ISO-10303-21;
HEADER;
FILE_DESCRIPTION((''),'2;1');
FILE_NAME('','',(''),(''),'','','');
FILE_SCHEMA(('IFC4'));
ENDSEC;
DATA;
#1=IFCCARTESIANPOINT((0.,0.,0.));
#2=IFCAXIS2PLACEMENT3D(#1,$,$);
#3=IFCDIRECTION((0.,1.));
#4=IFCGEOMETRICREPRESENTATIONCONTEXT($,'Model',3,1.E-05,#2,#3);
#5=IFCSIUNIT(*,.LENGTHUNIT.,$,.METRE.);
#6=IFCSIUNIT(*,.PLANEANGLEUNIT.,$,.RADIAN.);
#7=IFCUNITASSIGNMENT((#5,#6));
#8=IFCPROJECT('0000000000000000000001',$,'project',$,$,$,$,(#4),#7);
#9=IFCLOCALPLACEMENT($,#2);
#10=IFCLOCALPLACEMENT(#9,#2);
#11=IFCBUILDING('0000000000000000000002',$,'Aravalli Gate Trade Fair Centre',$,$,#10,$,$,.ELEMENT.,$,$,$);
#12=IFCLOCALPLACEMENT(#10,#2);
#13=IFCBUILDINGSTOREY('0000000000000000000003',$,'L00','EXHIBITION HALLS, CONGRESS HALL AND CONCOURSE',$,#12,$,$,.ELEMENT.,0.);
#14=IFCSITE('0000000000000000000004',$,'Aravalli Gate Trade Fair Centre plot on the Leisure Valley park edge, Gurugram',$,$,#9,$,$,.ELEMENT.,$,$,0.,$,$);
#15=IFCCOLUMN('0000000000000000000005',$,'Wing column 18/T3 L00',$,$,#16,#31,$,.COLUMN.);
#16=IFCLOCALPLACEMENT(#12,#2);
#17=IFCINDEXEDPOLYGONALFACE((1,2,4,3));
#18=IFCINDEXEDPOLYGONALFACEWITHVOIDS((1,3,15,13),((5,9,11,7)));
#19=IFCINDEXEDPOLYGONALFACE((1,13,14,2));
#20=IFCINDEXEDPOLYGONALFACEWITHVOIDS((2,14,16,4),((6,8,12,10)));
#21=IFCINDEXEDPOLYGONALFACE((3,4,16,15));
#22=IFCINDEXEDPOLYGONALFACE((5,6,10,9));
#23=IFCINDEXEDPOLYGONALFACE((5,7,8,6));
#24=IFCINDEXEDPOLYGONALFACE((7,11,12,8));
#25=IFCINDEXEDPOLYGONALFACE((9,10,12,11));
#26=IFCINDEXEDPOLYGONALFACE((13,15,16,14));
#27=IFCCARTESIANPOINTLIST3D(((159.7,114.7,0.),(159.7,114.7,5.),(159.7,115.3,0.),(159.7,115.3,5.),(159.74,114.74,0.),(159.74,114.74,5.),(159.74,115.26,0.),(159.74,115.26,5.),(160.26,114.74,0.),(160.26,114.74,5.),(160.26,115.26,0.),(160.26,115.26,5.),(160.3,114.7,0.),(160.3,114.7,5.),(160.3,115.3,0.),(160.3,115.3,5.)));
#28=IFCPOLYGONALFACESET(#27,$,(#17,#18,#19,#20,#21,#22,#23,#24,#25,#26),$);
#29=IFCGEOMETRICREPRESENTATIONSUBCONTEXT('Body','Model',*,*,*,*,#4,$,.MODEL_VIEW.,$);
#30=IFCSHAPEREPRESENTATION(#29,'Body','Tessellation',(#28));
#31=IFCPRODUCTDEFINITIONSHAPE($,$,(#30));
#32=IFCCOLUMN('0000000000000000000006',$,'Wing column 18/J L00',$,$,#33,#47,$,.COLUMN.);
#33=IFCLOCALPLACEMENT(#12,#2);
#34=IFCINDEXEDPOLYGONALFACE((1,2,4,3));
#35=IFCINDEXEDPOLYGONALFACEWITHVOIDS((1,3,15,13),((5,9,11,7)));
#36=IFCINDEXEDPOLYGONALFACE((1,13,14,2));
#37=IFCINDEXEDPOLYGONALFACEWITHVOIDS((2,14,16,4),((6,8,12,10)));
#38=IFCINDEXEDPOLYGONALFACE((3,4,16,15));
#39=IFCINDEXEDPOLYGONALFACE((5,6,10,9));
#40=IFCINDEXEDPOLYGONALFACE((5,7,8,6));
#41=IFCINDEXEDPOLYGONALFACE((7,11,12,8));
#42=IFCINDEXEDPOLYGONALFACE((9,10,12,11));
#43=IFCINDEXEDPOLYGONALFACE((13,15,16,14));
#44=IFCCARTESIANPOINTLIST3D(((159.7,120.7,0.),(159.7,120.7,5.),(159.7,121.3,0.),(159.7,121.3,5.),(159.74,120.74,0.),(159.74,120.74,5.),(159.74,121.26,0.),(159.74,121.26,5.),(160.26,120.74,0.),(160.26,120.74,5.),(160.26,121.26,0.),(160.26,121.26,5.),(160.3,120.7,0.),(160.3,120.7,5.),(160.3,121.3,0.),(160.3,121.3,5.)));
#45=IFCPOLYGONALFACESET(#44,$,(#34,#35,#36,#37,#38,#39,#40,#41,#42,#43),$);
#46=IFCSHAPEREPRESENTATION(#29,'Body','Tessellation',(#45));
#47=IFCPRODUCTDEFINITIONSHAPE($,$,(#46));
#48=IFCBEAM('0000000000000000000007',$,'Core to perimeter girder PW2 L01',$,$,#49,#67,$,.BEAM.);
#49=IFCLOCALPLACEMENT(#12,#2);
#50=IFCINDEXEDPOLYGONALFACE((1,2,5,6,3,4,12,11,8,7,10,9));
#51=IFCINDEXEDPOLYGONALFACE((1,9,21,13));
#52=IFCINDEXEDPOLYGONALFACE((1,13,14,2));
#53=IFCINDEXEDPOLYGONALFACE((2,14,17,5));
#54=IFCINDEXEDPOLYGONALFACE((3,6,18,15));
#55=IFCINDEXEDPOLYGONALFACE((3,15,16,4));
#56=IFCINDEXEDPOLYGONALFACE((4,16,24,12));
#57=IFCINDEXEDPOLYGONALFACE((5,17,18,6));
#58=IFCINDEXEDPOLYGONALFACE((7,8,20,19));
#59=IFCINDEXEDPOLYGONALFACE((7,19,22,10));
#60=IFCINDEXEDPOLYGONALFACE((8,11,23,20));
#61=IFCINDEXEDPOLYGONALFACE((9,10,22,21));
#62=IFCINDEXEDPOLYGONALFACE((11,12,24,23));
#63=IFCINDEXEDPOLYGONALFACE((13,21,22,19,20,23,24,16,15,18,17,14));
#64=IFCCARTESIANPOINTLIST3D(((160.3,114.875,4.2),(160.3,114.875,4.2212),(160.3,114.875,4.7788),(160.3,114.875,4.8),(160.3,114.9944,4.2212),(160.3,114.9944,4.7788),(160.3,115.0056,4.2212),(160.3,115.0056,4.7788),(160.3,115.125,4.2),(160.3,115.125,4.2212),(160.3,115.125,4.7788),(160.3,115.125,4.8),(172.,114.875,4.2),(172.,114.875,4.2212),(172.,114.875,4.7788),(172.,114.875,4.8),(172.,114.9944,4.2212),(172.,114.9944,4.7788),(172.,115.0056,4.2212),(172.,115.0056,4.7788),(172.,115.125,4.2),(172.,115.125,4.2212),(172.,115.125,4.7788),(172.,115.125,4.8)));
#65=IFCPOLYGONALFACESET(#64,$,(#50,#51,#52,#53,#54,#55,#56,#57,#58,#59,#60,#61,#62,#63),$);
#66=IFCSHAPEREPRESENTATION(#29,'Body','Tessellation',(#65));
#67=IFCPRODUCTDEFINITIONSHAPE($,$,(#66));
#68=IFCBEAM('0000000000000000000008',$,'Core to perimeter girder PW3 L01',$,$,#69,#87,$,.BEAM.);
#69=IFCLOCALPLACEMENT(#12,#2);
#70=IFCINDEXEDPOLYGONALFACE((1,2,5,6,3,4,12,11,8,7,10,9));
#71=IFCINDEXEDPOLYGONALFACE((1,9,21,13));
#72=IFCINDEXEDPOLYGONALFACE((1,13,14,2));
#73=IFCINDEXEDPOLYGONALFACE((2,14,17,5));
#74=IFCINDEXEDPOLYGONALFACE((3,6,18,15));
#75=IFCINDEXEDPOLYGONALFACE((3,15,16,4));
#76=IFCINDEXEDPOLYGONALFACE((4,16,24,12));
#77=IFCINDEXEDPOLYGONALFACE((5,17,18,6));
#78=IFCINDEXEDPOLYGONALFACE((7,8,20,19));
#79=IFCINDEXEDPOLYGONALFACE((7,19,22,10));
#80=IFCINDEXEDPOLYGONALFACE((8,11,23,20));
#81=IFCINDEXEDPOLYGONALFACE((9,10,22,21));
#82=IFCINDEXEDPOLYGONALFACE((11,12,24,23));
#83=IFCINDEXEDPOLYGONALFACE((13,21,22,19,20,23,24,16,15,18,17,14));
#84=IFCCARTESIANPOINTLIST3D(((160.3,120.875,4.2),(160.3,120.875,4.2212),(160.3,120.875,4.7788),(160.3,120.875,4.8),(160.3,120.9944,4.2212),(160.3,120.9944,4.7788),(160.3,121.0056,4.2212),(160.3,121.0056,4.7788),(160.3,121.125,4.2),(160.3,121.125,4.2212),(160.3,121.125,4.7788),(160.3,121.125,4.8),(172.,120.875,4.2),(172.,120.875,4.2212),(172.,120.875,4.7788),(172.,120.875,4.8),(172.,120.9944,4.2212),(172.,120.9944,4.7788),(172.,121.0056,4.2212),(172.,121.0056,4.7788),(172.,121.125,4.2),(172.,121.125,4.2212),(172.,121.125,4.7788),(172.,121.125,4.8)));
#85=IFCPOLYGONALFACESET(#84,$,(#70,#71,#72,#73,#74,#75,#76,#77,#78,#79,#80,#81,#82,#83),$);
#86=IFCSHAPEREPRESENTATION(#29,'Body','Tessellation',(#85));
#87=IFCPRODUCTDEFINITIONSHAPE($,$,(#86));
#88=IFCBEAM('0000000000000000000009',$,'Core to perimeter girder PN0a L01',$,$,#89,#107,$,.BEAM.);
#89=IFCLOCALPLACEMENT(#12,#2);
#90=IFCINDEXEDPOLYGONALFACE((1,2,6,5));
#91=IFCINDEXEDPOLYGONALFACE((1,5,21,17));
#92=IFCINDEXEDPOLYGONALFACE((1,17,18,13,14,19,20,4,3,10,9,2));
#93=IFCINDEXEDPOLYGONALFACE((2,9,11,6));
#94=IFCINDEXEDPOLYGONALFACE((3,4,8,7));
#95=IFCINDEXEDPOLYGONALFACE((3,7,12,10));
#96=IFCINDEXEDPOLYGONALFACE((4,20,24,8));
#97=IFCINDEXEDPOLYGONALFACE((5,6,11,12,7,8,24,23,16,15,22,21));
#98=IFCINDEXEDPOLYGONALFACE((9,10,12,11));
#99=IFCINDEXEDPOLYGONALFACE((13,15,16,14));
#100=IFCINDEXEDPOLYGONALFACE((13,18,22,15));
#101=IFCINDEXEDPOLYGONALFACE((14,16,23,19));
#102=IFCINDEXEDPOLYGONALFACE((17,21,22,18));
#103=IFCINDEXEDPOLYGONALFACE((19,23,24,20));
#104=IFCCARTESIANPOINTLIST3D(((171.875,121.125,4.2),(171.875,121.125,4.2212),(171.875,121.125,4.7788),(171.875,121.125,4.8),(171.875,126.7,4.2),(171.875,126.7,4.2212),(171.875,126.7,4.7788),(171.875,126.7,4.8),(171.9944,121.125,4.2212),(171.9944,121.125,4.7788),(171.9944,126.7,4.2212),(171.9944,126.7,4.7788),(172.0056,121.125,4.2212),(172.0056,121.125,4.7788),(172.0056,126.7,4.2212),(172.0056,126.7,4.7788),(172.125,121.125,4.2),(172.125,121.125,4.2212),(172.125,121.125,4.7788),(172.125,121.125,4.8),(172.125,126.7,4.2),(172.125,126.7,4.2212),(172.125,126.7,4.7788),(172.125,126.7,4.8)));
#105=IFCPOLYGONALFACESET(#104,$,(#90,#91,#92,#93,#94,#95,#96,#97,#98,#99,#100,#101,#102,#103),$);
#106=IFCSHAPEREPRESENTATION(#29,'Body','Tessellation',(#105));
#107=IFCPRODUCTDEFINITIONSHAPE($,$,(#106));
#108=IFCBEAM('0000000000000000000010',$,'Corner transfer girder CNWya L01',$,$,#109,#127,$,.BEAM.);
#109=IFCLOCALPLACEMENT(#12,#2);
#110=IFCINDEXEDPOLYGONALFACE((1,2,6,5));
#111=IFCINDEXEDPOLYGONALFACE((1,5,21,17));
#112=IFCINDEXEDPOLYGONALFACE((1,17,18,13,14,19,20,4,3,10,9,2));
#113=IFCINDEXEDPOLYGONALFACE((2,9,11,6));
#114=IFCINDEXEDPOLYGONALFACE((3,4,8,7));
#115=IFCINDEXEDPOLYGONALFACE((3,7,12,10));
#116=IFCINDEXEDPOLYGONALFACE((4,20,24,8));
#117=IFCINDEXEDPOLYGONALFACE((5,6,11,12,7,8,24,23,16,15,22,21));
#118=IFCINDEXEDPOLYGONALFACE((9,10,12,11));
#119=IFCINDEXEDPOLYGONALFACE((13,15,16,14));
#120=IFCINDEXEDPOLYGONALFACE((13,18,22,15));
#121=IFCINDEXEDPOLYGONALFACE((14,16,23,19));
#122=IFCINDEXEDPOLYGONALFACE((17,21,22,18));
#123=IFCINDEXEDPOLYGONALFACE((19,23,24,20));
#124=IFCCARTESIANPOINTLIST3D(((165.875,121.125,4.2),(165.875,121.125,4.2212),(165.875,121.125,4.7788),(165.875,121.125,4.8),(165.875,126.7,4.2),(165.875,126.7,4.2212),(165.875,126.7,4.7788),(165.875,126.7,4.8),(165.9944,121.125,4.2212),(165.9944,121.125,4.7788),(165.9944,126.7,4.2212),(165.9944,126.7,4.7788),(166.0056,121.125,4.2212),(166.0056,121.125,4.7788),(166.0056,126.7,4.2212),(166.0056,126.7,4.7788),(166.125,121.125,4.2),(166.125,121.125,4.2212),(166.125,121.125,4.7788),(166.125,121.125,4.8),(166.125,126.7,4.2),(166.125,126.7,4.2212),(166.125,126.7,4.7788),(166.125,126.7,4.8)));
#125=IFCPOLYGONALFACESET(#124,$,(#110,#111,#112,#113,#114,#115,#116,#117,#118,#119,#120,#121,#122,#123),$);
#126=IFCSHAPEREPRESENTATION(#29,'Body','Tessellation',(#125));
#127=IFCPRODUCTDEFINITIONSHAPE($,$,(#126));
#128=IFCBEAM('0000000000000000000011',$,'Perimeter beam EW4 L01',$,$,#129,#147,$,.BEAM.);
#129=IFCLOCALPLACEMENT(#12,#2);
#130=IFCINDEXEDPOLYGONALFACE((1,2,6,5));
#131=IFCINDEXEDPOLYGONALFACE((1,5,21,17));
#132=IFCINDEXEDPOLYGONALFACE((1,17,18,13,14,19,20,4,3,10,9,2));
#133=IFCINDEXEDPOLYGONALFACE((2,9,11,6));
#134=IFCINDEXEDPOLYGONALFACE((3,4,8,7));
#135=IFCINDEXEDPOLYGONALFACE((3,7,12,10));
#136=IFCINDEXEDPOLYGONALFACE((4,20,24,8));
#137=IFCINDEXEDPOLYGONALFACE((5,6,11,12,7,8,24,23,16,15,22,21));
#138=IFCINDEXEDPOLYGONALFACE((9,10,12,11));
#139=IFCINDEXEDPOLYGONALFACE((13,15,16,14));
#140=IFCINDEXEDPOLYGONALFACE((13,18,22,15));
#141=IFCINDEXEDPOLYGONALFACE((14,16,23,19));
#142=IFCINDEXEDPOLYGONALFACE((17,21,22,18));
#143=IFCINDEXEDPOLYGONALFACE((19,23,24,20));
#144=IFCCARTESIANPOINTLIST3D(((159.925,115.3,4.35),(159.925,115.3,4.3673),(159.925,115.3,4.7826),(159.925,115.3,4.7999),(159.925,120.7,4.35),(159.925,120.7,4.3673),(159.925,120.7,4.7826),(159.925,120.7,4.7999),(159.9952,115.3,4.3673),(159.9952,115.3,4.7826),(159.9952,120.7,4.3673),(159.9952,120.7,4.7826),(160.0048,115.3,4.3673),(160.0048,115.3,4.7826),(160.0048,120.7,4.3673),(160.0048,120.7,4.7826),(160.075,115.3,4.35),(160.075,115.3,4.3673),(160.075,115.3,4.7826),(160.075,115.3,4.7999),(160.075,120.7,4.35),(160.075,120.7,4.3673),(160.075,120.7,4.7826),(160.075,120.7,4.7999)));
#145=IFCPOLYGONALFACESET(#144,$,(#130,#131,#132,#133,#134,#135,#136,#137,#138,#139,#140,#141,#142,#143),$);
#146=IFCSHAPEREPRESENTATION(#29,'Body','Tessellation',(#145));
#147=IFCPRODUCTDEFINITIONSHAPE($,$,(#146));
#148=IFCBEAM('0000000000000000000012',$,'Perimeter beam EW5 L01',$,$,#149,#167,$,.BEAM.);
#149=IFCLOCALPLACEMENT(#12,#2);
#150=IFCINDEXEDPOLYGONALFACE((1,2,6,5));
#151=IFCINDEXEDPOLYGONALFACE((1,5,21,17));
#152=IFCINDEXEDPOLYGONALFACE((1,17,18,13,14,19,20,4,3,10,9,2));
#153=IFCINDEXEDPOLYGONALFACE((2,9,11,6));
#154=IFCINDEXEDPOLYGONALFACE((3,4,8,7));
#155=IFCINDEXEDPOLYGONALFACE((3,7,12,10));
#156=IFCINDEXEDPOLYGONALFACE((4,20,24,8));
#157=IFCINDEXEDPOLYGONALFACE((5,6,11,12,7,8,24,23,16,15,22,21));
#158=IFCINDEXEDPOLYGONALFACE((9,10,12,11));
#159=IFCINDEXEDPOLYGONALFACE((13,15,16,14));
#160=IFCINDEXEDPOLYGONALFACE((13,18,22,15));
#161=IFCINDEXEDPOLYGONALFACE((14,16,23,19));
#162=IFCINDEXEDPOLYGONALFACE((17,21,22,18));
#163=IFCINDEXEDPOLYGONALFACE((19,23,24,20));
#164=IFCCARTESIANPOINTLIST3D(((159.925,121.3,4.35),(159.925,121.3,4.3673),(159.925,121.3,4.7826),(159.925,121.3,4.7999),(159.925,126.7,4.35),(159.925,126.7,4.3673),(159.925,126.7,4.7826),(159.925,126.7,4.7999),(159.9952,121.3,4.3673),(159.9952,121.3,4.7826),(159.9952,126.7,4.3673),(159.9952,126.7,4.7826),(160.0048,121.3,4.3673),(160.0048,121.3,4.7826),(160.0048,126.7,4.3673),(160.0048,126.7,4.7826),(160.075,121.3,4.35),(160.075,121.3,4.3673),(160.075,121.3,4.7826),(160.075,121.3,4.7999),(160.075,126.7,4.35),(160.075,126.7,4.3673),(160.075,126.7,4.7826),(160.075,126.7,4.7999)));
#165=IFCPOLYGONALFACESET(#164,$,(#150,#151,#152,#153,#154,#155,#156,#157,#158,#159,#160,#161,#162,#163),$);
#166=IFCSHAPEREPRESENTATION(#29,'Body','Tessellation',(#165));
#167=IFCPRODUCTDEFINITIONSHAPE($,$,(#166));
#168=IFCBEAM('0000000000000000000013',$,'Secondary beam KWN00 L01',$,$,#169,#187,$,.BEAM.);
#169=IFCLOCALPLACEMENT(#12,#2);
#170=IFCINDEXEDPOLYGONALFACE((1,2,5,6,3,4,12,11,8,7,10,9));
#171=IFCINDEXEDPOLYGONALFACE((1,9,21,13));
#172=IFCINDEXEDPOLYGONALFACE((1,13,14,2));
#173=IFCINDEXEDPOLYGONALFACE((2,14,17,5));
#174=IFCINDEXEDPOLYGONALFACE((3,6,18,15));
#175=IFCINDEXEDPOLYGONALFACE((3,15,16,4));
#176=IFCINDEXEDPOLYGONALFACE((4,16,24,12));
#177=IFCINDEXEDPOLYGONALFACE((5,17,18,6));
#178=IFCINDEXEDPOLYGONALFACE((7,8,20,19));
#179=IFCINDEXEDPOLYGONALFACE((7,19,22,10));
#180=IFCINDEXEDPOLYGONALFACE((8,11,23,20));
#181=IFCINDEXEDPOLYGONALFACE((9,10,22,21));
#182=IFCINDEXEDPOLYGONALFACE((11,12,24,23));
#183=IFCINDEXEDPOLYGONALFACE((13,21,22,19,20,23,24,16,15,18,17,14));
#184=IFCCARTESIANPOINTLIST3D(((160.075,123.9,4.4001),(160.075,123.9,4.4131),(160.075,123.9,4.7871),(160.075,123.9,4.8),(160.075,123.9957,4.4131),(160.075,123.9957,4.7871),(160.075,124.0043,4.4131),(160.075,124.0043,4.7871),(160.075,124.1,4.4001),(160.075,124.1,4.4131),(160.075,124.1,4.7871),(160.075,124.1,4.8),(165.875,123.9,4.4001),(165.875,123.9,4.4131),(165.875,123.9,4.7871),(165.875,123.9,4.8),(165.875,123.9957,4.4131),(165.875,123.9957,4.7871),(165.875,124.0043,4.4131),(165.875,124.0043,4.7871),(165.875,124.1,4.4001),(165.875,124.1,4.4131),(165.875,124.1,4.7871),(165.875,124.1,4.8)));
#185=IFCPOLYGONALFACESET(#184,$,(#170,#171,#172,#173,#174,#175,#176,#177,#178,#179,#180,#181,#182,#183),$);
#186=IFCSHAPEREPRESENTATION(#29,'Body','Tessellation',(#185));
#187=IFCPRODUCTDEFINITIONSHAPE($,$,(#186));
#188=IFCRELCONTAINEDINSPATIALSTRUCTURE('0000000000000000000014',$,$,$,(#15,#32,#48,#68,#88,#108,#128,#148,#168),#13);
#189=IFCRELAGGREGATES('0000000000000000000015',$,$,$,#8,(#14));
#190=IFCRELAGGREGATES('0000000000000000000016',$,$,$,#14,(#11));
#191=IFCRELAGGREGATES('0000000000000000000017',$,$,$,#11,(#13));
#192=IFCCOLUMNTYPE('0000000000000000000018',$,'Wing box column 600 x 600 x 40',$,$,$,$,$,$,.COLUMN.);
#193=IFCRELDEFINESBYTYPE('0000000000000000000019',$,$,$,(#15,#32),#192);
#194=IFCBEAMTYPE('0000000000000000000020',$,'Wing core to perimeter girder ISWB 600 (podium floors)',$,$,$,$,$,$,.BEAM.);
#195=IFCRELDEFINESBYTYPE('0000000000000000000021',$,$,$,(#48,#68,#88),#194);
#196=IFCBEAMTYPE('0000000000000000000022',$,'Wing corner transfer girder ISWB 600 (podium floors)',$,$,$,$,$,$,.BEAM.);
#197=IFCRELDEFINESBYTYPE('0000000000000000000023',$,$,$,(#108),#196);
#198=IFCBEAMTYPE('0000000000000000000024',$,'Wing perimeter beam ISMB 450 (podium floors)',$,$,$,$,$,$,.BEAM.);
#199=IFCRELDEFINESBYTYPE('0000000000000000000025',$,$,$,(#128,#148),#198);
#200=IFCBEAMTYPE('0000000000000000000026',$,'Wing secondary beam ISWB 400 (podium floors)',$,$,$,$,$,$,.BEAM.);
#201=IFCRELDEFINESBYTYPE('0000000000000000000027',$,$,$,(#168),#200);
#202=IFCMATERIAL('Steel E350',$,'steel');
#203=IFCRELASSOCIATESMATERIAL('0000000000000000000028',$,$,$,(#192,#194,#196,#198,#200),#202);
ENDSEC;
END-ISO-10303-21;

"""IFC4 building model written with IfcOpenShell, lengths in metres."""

from ifc_helpers import new_model, si_unit, direction, frame, origin, origin_2d, place, context, subcontext, project, spatial, hollow_rectangle, i_section, extrude, material, material_profile, profile_set, type_object, element, save


model = new_model("IFC4")

# Units and contexts
model_context = context("Model", 3, precision=1e-05, world=origin(), true_north=direction((0.0, 1.0)))
body_context = subcontext(model_context, "Body", "Model", "MODEL_VIEW")
ifc_project = project(units=[si_unit("LENGTHUNIT", "METRE"), si_unit("PLANEANGLEUNIT", "RADIAN")], contexts=[model_context])

# Site, building, storey
site_placement = place(None, origin())
site = spatial("IfcSite", under=ifc_project, at=site_placement, Name="Aravalli Gate Trade Fair Centre plot on the Leisure Valley park edge, Gurugram", CompositionType="ELEMENT", RefElevation=0.0)
building_placement = place(site_placement, origin())
building = spatial("IfcBuilding", under=site, at=building_placement, Name="Aravalli Gate Trade Fair Centre", CompositionType="ELEMENT")
storey_placement = place(building_placement, origin())
storey = spatial("IfcBuildingStorey", under=building, at=storey_placement, Name="L00", Description="EXHIBITION HALLS, CONGRESS HALL AND CONCOURSE", CompositionType="ELEMENT", Elevation=0.0)

# Columns
ifc_material_1 = material(Name="Steel E350", Category="steel")
ifc_material_profile_1 = material_profile(ifc_material_1, hollow_rectangle(XDim=0.6001, YDim=0.6001, WallThickness=0.04, at=origin_2d()), Name="BOX 600x600x40")
ifc_profile_set_1 = profile_set([ifc_material_profile_1], Name="Steel E350")
column_type = type_object("IfcColumnType", Name="Wing box column 600 x 600 x 40", PredefinedType="COLUMN", material=ifc_profile_set_1)
for number, where, z_axis, x_axis, name in (
    (1, (160.0, 115.0, 0.0), (0.0, 0.0, 1.0), (1.0, 0.0, 0.0), "Wing column 18/T3 L00"),
    (2, (160.0, 121.0, 0.0), (0.0, 0.0, 1.0), (1.0, 0.0, 0.0), "Wing column 18/J L00"),
):
    element("IfcColumn", number, at=place(storey_placement, frame(where, z_axis=z_axis, x_axis=x_axis)), inside=storey, type_object=column_type, Name=name, PredefinedType="COLUMN", context=body_context, shape_type="SweptSolid", body=[
        extrude(hollow_rectangle(XDim=0.6001, YDim=0.6001, WallThickness=0.04, at=origin_2d()), origin(), (0.0, 0.0, 1.0), 5.0),
    ])

# Beams
ifc_material_profile_2 = material_profile(ifc_material_1, i_section(OverallWidth=0.25, OverallDepth=0.6001, WebThickness=0.0112, FlangeThickness=0.0212, at=origin_2d()), Name="ISWB 600")
ifc_profile_set_2 = profile_set([ifc_material_profile_2], Name="Steel E350")
beam_type_1 = type_object("IfcBeamType", Name="Wing core to perimeter girder ISWB 600 (podium floors)", PredefinedType="BEAM", material=ifc_profile_set_2)
for number, where, z_axis, x_axis, name in (
    (3, (160.3, 115.0, 4.5), (1.0, 0.0, 0.0), (0.0, 1.0, 0.0), "Core to perimeter girder PW2 L01"),
    (4, (160.3, 121.0, 4.5), (1.0, 0.0, 0.0), (0.0, 1.0, 0.0), "Core to perimeter girder PW3 L01"),
):
    element("IfcBeam", number, at=place(storey_placement, frame(where, z_axis=z_axis, x_axis=x_axis)), inside=storey, type_object=beam_type_1, Name=name, PredefinedType="BEAM", context=body_context, shape_type="SweptSolid", body=[
        extrude(i_section(OverallWidth=0.25, OverallDepth=0.6001, WebThickness=0.0112, FlangeThickness=0.0212, at=origin_2d()), origin(), (0.0, 0.0, 1.0), 11.7),
    ])
beam_1_placement = place(storey_placement, frame((172.0, 121.125, 4.5), z_axis=(0.0, 1.0, 0.0), x_axis=(-1.0, 0.0, 0.0)))
element("IfcBeam", 5, at=beam_1_placement, inside=storey, type_object=beam_type_1, Name="Core to perimeter girder PN0a L01", PredefinedType="BEAM", context=body_context, shape_type="SweptSolid", body=[
    extrude(i_section(OverallWidth=0.25, OverallDepth=0.6001, WebThickness=0.0112, FlangeThickness=0.0212, at=origin_2d()), origin(), (0.0, 0.0, 1.0), 5.575),
])
ifc_material_profile_3 = material_profile(ifc_material_1, i_section(OverallWidth=0.25, OverallDepth=0.6001, WebThickness=0.0112, FlangeThickness=0.0212, at=origin_2d()), Name="ISWB 600")
ifc_profile_set_3 = profile_set([ifc_material_profile_3], Name="Steel E350")
beam_type_2 = type_object("IfcBeamType", Name="Wing corner transfer girder ISWB 600 (podium floors)", PredefinedType="BEAM", material=ifc_profile_set_3)
beam_2_placement = place(storey_placement, frame((166.0, 121.125, 4.5), z_axis=(0.0, 1.0, 0.0), x_axis=(-1.0, 0.0, 0.0)))
element("IfcBeam", 6, at=beam_2_placement, inside=storey, type_object=beam_type_2, Name="Corner transfer girder CNWya L01", PredefinedType="BEAM", context=body_context, shape_type="SweptSolid", body=[
    extrude(i_section(OverallWidth=0.25, OverallDepth=0.6001, WebThickness=0.0112, FlangeThickness=0.0212, at=origin_2d()), origin(), (0.0, 0.0, 1.0), 5.575),
])
ifc_material_profile_4 = material_profile(ifc_material_1, i_section(OverallWidth=0.1499, OverallDepth=0.45, WebThickness=0.0095, FlangeThickness=0.0173, at=origin_2d()), Name="ISMB 450")
ifc_profile_set_4 = profile_set([ifc_material_profile_4], Name="Steel E350")
beam_type_3 = type_object("IfcBeamType", Name="Wing perimeter beam ISMB 450 (podium floors)", PredefinedType="BEAM", material=ifc_profile_set_4)
for number, where, z_axis, x_axis, name in (
    (7, (160.0, 115.3, 4.575), (0.0, 1.0, 0.0), (-1.0, 0.0, 0.0), "Perimeter beam EW4 L01"),
    (8, (160.0, 121.3, 4.575), (0.0, 1.0, 0.0), (-1.0, 0.0, 0.0), "Perimeter beam EW5 L01"),
):
    element("IfcBeam", number, at=place(storey_placement, frame(where, z_axis=z_axis, x_axis=x_axis)), inside=storey, type_object=beam_type_3, Name=name, PredefinedType="BEAM", context=body_context, shape_type="SweptSolid", body=[
        extrude(i_section(OverallWidth=0.1499, OverallDepth=0.45, WebThickness=0.0095, FlangeThickness=0.0173, at=origin_2d()), origin(), (0.0, 0.0, 1.0), 5.3999),
    ])
ifc_material_profile_5 = material_profile(ifc_material_1, i_section(OverallWidth=0.2, OverallDepth=0.3999, WebThickness=0.0085, FlangeThickness=0.0129, at=origin_2d()), Name="ISWB 400")
ifc_profile_set_5 = profile_set([ifc_material_profile_5], Name="Steel E350")
beam_type_4 = type_object("IfcBeamType", Name="Wing secondary beam ISWB 400 (podium floors)", PredefinedType="BEAM", material=ifc_profile_set_5)
beam_3_placement = place(storey_placement, frame((160.075, 124.0, 4.6001), z_axis=(1.0, 0.0, 0.0), x_axis=(0.0, 1.0, 0.0)))
element("IfcBeam", 9, at=beam_3_placement, inside=storey, type_object=beam_type_4, Name="Secondary beam KWN00 L01", PredefinedType="BEAM", context=body_context, shape_type="SweptSolid", body=[
    extrude(i_section(OverallWidth=0.2, OverallDepth=0.3999, WebThickness=0.0085, FlangeThickness=0.0129, at=origin_2d()), origin(), (0.0, 0.0, 1.0), 5.8),
])

save(model, "model.ifc")
